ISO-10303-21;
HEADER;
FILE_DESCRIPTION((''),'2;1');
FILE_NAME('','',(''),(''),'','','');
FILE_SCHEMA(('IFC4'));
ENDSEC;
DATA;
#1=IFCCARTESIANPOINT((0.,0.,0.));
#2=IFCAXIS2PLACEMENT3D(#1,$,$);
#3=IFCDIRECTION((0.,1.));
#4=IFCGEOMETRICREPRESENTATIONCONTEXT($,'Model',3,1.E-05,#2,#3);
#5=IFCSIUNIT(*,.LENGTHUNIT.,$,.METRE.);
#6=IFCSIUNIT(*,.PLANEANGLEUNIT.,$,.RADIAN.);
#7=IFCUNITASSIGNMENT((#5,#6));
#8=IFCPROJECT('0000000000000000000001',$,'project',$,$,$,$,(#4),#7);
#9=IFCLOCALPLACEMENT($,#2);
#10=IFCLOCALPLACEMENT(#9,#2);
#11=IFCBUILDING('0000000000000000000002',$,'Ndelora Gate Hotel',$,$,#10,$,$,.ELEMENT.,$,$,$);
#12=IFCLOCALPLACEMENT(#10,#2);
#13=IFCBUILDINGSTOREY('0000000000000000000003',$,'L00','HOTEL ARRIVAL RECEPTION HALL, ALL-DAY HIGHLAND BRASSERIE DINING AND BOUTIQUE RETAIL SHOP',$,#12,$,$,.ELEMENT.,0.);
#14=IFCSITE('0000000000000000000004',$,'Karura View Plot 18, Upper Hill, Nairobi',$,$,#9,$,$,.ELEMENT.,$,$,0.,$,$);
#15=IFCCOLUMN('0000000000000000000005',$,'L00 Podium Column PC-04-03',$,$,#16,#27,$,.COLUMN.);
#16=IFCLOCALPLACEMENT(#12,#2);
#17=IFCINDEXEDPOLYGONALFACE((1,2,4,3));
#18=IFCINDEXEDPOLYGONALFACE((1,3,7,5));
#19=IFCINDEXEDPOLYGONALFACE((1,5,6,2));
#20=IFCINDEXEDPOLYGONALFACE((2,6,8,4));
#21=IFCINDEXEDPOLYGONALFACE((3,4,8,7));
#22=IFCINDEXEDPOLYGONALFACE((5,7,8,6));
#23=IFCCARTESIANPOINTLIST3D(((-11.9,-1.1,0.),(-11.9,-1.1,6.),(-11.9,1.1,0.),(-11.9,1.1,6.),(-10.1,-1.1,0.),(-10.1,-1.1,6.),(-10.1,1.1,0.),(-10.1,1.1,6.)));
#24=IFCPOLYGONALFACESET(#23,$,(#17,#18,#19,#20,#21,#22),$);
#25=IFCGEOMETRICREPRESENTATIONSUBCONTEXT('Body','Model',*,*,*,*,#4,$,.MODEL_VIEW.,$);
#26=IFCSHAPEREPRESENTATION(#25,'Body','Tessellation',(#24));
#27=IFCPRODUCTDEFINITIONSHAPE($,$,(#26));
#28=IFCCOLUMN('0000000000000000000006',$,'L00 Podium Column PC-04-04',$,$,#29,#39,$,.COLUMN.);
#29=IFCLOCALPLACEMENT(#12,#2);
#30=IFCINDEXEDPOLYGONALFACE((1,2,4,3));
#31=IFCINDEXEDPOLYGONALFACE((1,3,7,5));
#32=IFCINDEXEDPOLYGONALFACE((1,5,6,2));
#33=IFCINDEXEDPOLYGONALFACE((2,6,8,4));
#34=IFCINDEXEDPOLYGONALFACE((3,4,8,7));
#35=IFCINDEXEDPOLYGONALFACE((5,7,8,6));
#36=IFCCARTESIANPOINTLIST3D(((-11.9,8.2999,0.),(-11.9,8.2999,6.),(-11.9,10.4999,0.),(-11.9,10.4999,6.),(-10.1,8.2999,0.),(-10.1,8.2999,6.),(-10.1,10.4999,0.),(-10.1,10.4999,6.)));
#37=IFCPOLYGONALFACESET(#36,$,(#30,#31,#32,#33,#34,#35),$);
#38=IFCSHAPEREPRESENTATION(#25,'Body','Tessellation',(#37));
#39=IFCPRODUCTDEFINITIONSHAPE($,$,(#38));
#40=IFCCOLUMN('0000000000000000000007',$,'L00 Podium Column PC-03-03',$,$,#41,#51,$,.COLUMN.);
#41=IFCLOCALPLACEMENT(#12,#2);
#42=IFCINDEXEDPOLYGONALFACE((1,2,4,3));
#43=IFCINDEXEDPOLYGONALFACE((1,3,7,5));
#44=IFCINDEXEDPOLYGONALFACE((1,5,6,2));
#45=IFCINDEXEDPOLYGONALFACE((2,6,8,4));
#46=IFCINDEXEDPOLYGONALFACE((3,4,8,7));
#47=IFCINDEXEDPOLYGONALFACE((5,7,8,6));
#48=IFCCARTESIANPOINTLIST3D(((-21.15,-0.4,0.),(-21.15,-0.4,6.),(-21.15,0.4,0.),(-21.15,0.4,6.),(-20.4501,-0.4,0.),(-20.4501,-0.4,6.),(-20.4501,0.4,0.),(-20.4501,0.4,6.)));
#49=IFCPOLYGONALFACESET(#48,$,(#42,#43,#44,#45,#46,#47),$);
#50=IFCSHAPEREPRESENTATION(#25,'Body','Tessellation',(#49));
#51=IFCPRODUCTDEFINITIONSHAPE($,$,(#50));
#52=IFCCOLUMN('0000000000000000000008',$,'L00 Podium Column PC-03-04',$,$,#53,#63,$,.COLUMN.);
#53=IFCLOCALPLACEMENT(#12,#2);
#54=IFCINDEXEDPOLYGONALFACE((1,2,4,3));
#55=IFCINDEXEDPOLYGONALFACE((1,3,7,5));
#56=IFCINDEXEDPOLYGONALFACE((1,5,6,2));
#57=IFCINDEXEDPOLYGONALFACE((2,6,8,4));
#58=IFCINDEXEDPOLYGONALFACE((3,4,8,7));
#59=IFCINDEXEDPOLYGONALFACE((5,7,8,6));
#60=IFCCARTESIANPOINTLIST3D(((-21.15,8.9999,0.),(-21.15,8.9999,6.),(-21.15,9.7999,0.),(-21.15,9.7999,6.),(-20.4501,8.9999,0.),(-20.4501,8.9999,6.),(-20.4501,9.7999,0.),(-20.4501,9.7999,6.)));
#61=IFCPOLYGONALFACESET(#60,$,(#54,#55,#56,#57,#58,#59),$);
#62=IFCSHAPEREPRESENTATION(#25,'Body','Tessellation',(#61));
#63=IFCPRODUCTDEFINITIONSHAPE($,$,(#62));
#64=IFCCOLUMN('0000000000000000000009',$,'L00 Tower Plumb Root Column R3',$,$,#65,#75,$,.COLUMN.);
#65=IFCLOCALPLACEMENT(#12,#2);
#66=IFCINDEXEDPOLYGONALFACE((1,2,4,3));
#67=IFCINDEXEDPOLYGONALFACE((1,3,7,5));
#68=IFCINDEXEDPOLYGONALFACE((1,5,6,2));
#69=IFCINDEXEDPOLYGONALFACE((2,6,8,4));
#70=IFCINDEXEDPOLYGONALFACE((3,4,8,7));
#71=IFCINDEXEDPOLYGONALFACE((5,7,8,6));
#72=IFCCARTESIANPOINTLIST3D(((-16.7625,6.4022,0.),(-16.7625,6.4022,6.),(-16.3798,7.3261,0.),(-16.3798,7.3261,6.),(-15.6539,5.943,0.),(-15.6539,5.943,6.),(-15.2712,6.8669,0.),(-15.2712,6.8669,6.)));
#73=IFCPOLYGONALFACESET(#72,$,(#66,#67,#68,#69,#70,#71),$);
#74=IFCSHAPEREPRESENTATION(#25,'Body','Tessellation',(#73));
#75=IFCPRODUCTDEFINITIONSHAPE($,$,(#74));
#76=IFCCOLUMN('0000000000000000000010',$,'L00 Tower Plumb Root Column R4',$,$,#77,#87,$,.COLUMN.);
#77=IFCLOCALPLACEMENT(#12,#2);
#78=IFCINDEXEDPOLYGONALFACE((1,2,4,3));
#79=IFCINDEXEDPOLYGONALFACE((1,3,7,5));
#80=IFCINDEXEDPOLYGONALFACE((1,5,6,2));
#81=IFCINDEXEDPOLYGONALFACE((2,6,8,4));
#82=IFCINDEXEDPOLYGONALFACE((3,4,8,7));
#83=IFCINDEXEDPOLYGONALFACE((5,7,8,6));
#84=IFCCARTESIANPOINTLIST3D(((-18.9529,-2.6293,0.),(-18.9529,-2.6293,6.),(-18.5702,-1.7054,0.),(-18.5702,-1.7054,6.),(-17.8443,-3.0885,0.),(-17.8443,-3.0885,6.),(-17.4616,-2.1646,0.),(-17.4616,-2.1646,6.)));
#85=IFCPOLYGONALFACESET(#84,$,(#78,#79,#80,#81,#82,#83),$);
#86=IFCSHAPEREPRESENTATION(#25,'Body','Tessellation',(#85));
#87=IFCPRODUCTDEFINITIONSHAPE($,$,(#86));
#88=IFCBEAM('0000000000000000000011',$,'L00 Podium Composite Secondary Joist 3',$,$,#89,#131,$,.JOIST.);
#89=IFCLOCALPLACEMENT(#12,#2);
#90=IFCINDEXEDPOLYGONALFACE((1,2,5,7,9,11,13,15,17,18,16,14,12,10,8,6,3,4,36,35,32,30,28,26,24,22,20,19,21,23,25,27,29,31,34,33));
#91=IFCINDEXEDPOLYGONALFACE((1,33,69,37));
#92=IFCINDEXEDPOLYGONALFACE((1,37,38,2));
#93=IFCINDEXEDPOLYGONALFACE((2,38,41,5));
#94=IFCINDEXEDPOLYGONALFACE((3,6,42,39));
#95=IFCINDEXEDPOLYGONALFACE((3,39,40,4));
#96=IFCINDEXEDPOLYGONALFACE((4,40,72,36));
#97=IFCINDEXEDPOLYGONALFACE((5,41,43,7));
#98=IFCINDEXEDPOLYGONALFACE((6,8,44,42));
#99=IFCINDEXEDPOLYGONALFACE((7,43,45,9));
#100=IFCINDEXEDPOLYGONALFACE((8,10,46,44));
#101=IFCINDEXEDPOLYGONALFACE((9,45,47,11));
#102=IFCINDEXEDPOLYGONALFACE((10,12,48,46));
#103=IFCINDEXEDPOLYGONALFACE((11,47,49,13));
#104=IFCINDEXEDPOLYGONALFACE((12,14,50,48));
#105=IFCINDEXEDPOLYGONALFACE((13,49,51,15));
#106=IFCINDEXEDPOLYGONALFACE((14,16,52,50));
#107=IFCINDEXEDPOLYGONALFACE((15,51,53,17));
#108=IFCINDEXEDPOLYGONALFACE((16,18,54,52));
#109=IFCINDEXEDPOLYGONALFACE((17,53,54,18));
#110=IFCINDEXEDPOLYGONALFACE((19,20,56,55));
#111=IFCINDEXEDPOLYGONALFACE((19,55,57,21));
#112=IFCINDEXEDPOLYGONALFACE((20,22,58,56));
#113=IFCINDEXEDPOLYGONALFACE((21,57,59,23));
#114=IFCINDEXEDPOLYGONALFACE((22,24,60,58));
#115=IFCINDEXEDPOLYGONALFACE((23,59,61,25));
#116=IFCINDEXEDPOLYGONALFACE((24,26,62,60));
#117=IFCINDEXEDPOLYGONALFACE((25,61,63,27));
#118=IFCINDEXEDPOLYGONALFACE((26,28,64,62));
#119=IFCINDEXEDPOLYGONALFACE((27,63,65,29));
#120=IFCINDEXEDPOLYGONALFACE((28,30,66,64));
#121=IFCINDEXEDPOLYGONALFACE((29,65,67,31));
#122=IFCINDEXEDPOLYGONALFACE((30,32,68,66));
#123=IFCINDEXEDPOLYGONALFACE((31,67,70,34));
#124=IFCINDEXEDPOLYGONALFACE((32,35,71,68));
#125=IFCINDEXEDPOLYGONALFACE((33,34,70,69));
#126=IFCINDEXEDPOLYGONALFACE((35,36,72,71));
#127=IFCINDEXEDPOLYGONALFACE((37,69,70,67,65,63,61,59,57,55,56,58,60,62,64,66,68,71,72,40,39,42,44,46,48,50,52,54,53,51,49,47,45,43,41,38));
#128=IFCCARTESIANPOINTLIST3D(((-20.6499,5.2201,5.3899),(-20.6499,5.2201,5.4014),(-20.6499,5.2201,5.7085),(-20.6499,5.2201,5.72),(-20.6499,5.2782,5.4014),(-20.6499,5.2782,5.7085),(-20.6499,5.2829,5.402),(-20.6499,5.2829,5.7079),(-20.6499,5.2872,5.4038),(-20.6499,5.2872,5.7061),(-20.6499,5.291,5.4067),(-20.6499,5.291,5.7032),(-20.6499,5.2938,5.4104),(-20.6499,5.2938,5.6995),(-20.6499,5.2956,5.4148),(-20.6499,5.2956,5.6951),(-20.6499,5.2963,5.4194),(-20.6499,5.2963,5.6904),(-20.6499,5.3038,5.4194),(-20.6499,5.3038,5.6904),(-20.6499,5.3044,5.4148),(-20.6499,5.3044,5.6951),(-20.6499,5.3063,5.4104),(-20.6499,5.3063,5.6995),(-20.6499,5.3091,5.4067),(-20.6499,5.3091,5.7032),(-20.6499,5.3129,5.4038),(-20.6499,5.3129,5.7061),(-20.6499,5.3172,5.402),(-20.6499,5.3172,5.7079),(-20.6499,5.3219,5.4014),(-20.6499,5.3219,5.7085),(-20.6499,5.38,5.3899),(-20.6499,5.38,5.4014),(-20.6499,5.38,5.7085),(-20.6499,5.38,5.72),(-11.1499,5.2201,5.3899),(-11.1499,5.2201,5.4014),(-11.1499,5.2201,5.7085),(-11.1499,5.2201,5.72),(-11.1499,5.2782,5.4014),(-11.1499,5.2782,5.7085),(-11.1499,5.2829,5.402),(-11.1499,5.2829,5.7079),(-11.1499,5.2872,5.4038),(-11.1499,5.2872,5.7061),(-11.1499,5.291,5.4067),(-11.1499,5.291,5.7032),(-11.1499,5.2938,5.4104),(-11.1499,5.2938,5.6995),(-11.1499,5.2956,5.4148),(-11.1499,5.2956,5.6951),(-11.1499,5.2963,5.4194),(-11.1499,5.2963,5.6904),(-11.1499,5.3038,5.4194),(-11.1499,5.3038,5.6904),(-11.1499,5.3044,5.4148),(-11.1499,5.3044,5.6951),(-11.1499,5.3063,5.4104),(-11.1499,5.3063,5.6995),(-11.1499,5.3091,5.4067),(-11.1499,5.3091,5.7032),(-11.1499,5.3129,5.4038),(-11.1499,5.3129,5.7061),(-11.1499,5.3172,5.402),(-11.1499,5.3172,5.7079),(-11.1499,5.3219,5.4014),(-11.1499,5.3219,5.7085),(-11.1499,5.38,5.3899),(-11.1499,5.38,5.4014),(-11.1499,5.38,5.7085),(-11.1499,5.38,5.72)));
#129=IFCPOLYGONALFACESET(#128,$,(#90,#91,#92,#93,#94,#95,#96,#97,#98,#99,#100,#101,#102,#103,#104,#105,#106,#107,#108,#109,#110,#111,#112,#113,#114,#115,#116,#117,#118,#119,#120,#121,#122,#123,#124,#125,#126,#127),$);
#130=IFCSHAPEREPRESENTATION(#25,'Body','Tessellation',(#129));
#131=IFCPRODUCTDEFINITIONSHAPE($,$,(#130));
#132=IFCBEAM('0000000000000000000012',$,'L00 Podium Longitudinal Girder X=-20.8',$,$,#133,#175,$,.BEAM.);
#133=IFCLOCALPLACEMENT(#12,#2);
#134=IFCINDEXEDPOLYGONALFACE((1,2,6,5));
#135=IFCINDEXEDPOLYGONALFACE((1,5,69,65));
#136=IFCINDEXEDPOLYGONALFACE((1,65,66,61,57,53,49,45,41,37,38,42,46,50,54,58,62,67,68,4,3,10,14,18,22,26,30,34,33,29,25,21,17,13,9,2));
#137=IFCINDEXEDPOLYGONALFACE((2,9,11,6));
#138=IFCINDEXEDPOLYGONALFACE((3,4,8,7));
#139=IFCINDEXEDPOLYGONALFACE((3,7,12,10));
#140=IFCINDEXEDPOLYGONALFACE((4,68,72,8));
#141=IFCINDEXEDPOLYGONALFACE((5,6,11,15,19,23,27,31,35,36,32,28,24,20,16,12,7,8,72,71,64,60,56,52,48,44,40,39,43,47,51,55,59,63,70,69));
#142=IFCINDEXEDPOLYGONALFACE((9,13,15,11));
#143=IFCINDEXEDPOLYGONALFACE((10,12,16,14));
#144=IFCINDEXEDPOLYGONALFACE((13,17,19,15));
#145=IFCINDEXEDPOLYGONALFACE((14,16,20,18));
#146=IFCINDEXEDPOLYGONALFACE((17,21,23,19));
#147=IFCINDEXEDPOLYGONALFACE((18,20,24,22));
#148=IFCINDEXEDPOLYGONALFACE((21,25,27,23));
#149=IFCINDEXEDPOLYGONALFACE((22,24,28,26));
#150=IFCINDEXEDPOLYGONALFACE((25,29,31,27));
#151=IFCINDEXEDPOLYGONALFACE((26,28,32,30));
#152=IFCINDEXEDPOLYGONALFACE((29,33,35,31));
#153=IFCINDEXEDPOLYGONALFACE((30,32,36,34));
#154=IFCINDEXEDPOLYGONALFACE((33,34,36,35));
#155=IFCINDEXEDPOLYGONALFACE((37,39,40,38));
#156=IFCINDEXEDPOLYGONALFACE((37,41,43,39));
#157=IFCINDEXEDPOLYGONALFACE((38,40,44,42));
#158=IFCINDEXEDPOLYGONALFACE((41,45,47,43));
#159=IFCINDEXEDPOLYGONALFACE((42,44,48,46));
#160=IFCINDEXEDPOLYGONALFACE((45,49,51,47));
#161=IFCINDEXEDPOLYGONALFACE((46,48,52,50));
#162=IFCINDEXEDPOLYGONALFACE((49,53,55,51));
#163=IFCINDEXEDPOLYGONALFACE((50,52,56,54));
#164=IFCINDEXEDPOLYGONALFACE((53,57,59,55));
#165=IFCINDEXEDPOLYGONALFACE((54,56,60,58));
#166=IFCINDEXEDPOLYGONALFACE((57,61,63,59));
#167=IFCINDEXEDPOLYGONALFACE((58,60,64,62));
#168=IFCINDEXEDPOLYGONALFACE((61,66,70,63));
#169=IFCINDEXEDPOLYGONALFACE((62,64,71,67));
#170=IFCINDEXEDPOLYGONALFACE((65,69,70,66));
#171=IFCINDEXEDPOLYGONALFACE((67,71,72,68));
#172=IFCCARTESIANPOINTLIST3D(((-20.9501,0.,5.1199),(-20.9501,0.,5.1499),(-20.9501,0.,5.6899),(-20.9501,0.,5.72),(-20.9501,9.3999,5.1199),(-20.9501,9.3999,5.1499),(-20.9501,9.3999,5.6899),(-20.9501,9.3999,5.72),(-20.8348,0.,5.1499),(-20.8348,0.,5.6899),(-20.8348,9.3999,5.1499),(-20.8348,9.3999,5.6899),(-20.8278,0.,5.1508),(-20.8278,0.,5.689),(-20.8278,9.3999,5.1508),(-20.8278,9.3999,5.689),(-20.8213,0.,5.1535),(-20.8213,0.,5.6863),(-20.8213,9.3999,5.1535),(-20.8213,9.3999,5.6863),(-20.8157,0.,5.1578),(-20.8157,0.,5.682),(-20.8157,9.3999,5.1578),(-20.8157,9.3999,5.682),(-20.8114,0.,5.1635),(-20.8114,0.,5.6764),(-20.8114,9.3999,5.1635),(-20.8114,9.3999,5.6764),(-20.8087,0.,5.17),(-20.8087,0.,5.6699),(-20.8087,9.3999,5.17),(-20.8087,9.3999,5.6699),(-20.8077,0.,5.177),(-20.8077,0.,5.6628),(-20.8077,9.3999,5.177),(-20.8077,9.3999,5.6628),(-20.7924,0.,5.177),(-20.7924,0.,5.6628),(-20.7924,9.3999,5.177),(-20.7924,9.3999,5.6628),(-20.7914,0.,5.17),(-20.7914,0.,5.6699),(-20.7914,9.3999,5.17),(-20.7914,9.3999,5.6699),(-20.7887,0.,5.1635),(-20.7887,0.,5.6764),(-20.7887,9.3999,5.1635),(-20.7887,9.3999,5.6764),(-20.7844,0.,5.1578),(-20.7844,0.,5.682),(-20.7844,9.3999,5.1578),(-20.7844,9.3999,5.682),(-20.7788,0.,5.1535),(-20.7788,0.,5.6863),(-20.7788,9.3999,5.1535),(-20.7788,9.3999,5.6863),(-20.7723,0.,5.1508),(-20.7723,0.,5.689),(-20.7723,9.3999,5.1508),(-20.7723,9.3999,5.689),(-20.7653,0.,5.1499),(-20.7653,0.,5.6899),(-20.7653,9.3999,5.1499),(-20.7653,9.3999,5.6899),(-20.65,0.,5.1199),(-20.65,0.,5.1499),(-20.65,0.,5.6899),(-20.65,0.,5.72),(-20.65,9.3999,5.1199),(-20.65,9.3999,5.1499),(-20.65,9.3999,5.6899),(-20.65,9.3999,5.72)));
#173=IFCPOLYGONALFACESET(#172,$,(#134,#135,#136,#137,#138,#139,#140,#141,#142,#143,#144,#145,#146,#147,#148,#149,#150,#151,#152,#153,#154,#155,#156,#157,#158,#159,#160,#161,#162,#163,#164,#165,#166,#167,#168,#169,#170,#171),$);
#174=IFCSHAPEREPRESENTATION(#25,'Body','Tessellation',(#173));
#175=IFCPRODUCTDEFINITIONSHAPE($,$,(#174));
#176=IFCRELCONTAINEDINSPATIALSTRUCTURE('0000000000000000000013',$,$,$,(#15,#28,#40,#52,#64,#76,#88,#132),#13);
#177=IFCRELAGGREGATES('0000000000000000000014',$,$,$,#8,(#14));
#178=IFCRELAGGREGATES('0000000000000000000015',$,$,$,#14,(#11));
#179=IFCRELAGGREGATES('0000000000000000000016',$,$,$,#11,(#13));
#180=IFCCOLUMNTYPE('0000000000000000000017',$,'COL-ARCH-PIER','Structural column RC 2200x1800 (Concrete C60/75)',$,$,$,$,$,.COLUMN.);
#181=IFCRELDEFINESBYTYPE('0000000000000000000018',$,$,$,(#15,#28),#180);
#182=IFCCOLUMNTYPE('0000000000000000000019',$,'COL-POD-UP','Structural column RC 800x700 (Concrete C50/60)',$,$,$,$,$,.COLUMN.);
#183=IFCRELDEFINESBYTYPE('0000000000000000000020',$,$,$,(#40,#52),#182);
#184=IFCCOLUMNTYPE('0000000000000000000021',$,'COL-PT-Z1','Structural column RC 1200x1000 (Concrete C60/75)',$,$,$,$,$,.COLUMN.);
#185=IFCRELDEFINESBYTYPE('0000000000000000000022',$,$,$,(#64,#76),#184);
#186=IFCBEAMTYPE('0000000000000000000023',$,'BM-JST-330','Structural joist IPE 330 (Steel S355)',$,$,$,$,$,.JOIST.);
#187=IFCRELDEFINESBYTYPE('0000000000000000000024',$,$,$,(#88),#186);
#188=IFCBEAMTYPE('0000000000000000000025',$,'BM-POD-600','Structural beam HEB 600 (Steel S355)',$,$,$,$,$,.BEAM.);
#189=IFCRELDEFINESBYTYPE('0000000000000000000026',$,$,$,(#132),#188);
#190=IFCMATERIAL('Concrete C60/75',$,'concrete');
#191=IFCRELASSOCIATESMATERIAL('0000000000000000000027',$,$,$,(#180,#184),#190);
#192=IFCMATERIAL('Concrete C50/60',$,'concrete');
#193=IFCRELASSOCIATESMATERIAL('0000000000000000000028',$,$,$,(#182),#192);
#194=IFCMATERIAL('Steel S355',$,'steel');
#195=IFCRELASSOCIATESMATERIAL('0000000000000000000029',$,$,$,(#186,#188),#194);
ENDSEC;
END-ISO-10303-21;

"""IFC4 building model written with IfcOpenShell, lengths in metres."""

from ifc_helpers import new_model, si_unit, direction, frame, origin, origin_2d, place, context, subcontext, project, spatial, rectangle, i_section, extrude, material, material_profile, profile_set, type_object, element, save


model = new_model("IFC4")

# Units and contexts
model_context = context("Model", 3, precision=1e-05, world=origin(), true_north=direction((0.0, 1.0)))
body_context = subcontext(model_context, "Body", "Model", "MODEL_VIEW")
ifc_project = project(units=[si_unit("LENGTHUNIT", "METRE"), si_unit("PLANEANGLEUNIT", "RADIAN")], contexts=[model_context])

# Site, building, storey
site_placement = place(None, origin())
site = spatial("IfcSite", under=ifc_project, at=site_placement, Name="Karura View Plot 18, Upper Hill, Nairobi", CompositionType="ELEMENT", RefElevation=0.0)
building_placement = place(site_placement, origin())
building = spatial("IfcBuilding", under=site, at=building_placement, Name="Ndelora Gate Hotel", CompositionType="ELEMENT")
storey_placement = place(building_placement, origin())
storey = spatial("IfcBuildingStorey", under=building, at=storey_placement, Name="L00", Description="HOTEL ARRIVAL RECEPTION HALL, ALL-DAY HIGHLAND BRASSERIE DINING AND BOUTIQUE RETAIL SHOP", CompositionType="ELEMENT", Elevation=0.0)

# Columns
ifc_material_1 = material(Name="Concrete C60/75", Category="concrete")
ifc_material_profile_1 = material_profile(ifc_material_1, rectangle(XDim=1.8, YDim=2.2, at=origin_2d()), Name="RC 2200x1800")
ifc_profile_set_1 = profile_set([ifc_material_profile_1], Name="Concrete C60/75")
column_type_1 = type_object("IfcColumnType", Name="COL-ARCH-PIER", Description="Structural column RC 2200x1800 (Concrete C60/75)", PredefinedType="COLUMN", material=ifc_profile_set_1)
for number, where, z_axis, x_axis, name in (
    (1, (-11.0, 0.0, 0.0), (0.0, 0.0, 1.0), (1.0, 0.0, 0.0), "L00 Podium Column PC-04-03"),
    (2, (-11.0, 9.3999, 0.0), (0.0, 0.0, 1.0), (1.0, 0.0, 0.0), "L00 Podium Column PC-04-04"),
):
    element("IfcColumn", number, at=place(storey_placement, frame(where, z_axis=z_axis, x_axis=x_axis)), inside=storey, type_object=column_type_1, Name=name, PredefinedType="COLUMN", context=body_context, shape_type="SweptSolid", body=[
        extrude(rectangle(XDim=1.8, YDim=2.2, at=origin_2d()), origin(), (0.0, 0.0, 1.0), 6.0),
    ])
ifc_material_2 = material(Name="Concrete C50/60", Category="concrete")
ifc_material_profile_2 = material_profile(ifc_material_2, rectangle(XDim=0.7, YDim=0.8, at=origin_2d()), Name="RC 800x700")
ifc_profile_set_2 = profile_set([ifc_material_profile_2], Name="Concrete C50/60")
column_type_2 = type_object("IfcColumnType", Name="COL-POD-UP", Description="Structural column RC 800x700 (Concrete C50/60)", PredefinedType="COLUMN", material=ifc_profile_set_2)
for number, where, z_axis, x_axis, name in (
    (3, (-20.8, 0.0, 0.0), (0.0, 0.0, 1.0), (1.0, 0.0, 0.0), "L00 Podium Column PC-03-03"),
    (4, (-20.8, 9.3999, 0.0), (0.0, 0.0, 1.0), (1.0, 0.0, 0.0), "L00 Podium Column PC-03-04"),
):
    element("IfcColumn", number, at=place(storey_placement, frame(where, z_axis=z_axis, x_axis=x_axis)), inside=storey, type_object=column_type_2, Name=name, PredefinedType="COLUMN", context=body_context, shape_type="SweptSolid", body=[
        extrude(rectangle(XDim=0.7, YDim=0.8, at=origin_2d()), origin(), (0.0, 0.0, 1.0), 6.0),
    ])
ifc_material_profile_3 = material_profile(ifc_material_1, rectangle(XDim=1.0, YDim=1.2, at=origin_2d()), Name="RC 1200x1000")
ifc_profile_set_3 = profile_set([ifc_material_profile_3], Name="Concrete C60/75")
column_type_3 = type_object("IfcColumnType", Name="COL-PT-Z1", Description="Structural column RC 1200x1000 (Concrete C60/75)", PredefinedType="COLUMN", material=ifc_profile_set_3)
for number, where, z_axis, x_axis, name in (
    (5, (-16.0168, 6.6345, 0.0), (0.0, 0.0, 1.0), (0.382683, 0.92388, 0.0), "L00 Tower Plumb Root Column R3"),
    (6, (-18.2073, -2.397, 0.0), (0.0, 0.0, 1.0), (0.382683, 0.92388, 0.0), "L00 Tower Plumb Root Column R4"),
):
    element("IfcColumn", number, at=place(storey_placement, frame(where, z_axis=z_axis, x_axis=x_axis)), inside=storey, type_object=column_type_3, Name=name, PredefinedType="COLUMN", context=body_context, shape_type="SweptSolid", body=[
        extrude(rectangle(XDim=1.0, YDim=1.2, at=origin_2d()), origin(), (0.0, 0.0, 1.0), 6.0),
    ])

# Beams
ifc_material_3 = material(Name="Steel S355", Category="steel")
ifc_material_profile_4 = material_profile(ifc_material_3, i_section(OverallWidth=0.1599, OverallDepth=0.3301, WebThickness=0.0076, FlangeThickness=0.0115, FilletRadius=0.0181, at=origin_2d()), Name="IPE 330")
ifc_profile_set_4 = profile_set([ifc_material_profile_4], Name="Steel S355")
beam_type_1 = type_object("IfcBeamType", Name="BM-JST-330", Description="Structural joist IPE 330 (Steel S355)", PredefinedType="JOIST", material=ifc_profile_set_4)
beam_1_placement = place(storey_placement, frame((-20.6499, 5.3, 5.5549), z_axis=(1.0, 0.0, 0.0), x_axis=(0.0, 1.0, 0.0)))
element("IfcBeam", 7, at=beam_1_placement, inside=storey, type_object=beam_type_1, Name="L00 Podium Composite Secondary Joist 3", PredefinedType="JOIST", context=body_context, shape_type="SweptSolid", body=[
    extrude(i_section(OverallWidth=0.1599, OverallDepth=0.3301, WebThickness=0.0076, FlangeThickness=0.0115, FilletRadius=0.0181, at=origin_2d()), origin(), (0.0, 0.0, 1.0), 9.5),
])
ifc_material_profile_5 = material_profile(ifc_material_3, i_section(OverallWidth=0.3, OverallDepth=0.6001, WebThickness=0.0154, FlangeThickness=0.03, FilletRadius=0.0271, at=origin_2d()), Name="HEB 600")
ifc_profile_set_5 = profile_set([ifc_material_profile_5], Name="Steel S355")
beam_type_2 = type_object("IfcBeamType", Name="BM-POD-600", Description="Structural beam HEB 600 (Steel S355)", PredefinedType="BEAM", material=ifc_profile_set_5)
beam_2_placement = place(storey_placement, frame((-20.8, 0.0, 5.4199), z_axis=(0.0, 1.0, 0.0), x_axis=(-1.0, 0.0, 0.0)))
element("IfcBeam", 8, at=beam_2_placement, inside=storey, type_object=beam_type_2, Name="L00 Podium Longitudinal Girder X=-20.8", PredefinedType="BEAM", context=body_context, shape_type="SweptSolid", body=[
    extrude(i_section(OverallWidth=0.3, OverallDepth=0.6001, WebThickness=0.0154, FlangeThickness=0.03, FilletRadius=0.0271, at=origin_2d()), origin(), (0.0, 0.0, 1.0), 9.3999),
])

save(model, "model.ifc")
